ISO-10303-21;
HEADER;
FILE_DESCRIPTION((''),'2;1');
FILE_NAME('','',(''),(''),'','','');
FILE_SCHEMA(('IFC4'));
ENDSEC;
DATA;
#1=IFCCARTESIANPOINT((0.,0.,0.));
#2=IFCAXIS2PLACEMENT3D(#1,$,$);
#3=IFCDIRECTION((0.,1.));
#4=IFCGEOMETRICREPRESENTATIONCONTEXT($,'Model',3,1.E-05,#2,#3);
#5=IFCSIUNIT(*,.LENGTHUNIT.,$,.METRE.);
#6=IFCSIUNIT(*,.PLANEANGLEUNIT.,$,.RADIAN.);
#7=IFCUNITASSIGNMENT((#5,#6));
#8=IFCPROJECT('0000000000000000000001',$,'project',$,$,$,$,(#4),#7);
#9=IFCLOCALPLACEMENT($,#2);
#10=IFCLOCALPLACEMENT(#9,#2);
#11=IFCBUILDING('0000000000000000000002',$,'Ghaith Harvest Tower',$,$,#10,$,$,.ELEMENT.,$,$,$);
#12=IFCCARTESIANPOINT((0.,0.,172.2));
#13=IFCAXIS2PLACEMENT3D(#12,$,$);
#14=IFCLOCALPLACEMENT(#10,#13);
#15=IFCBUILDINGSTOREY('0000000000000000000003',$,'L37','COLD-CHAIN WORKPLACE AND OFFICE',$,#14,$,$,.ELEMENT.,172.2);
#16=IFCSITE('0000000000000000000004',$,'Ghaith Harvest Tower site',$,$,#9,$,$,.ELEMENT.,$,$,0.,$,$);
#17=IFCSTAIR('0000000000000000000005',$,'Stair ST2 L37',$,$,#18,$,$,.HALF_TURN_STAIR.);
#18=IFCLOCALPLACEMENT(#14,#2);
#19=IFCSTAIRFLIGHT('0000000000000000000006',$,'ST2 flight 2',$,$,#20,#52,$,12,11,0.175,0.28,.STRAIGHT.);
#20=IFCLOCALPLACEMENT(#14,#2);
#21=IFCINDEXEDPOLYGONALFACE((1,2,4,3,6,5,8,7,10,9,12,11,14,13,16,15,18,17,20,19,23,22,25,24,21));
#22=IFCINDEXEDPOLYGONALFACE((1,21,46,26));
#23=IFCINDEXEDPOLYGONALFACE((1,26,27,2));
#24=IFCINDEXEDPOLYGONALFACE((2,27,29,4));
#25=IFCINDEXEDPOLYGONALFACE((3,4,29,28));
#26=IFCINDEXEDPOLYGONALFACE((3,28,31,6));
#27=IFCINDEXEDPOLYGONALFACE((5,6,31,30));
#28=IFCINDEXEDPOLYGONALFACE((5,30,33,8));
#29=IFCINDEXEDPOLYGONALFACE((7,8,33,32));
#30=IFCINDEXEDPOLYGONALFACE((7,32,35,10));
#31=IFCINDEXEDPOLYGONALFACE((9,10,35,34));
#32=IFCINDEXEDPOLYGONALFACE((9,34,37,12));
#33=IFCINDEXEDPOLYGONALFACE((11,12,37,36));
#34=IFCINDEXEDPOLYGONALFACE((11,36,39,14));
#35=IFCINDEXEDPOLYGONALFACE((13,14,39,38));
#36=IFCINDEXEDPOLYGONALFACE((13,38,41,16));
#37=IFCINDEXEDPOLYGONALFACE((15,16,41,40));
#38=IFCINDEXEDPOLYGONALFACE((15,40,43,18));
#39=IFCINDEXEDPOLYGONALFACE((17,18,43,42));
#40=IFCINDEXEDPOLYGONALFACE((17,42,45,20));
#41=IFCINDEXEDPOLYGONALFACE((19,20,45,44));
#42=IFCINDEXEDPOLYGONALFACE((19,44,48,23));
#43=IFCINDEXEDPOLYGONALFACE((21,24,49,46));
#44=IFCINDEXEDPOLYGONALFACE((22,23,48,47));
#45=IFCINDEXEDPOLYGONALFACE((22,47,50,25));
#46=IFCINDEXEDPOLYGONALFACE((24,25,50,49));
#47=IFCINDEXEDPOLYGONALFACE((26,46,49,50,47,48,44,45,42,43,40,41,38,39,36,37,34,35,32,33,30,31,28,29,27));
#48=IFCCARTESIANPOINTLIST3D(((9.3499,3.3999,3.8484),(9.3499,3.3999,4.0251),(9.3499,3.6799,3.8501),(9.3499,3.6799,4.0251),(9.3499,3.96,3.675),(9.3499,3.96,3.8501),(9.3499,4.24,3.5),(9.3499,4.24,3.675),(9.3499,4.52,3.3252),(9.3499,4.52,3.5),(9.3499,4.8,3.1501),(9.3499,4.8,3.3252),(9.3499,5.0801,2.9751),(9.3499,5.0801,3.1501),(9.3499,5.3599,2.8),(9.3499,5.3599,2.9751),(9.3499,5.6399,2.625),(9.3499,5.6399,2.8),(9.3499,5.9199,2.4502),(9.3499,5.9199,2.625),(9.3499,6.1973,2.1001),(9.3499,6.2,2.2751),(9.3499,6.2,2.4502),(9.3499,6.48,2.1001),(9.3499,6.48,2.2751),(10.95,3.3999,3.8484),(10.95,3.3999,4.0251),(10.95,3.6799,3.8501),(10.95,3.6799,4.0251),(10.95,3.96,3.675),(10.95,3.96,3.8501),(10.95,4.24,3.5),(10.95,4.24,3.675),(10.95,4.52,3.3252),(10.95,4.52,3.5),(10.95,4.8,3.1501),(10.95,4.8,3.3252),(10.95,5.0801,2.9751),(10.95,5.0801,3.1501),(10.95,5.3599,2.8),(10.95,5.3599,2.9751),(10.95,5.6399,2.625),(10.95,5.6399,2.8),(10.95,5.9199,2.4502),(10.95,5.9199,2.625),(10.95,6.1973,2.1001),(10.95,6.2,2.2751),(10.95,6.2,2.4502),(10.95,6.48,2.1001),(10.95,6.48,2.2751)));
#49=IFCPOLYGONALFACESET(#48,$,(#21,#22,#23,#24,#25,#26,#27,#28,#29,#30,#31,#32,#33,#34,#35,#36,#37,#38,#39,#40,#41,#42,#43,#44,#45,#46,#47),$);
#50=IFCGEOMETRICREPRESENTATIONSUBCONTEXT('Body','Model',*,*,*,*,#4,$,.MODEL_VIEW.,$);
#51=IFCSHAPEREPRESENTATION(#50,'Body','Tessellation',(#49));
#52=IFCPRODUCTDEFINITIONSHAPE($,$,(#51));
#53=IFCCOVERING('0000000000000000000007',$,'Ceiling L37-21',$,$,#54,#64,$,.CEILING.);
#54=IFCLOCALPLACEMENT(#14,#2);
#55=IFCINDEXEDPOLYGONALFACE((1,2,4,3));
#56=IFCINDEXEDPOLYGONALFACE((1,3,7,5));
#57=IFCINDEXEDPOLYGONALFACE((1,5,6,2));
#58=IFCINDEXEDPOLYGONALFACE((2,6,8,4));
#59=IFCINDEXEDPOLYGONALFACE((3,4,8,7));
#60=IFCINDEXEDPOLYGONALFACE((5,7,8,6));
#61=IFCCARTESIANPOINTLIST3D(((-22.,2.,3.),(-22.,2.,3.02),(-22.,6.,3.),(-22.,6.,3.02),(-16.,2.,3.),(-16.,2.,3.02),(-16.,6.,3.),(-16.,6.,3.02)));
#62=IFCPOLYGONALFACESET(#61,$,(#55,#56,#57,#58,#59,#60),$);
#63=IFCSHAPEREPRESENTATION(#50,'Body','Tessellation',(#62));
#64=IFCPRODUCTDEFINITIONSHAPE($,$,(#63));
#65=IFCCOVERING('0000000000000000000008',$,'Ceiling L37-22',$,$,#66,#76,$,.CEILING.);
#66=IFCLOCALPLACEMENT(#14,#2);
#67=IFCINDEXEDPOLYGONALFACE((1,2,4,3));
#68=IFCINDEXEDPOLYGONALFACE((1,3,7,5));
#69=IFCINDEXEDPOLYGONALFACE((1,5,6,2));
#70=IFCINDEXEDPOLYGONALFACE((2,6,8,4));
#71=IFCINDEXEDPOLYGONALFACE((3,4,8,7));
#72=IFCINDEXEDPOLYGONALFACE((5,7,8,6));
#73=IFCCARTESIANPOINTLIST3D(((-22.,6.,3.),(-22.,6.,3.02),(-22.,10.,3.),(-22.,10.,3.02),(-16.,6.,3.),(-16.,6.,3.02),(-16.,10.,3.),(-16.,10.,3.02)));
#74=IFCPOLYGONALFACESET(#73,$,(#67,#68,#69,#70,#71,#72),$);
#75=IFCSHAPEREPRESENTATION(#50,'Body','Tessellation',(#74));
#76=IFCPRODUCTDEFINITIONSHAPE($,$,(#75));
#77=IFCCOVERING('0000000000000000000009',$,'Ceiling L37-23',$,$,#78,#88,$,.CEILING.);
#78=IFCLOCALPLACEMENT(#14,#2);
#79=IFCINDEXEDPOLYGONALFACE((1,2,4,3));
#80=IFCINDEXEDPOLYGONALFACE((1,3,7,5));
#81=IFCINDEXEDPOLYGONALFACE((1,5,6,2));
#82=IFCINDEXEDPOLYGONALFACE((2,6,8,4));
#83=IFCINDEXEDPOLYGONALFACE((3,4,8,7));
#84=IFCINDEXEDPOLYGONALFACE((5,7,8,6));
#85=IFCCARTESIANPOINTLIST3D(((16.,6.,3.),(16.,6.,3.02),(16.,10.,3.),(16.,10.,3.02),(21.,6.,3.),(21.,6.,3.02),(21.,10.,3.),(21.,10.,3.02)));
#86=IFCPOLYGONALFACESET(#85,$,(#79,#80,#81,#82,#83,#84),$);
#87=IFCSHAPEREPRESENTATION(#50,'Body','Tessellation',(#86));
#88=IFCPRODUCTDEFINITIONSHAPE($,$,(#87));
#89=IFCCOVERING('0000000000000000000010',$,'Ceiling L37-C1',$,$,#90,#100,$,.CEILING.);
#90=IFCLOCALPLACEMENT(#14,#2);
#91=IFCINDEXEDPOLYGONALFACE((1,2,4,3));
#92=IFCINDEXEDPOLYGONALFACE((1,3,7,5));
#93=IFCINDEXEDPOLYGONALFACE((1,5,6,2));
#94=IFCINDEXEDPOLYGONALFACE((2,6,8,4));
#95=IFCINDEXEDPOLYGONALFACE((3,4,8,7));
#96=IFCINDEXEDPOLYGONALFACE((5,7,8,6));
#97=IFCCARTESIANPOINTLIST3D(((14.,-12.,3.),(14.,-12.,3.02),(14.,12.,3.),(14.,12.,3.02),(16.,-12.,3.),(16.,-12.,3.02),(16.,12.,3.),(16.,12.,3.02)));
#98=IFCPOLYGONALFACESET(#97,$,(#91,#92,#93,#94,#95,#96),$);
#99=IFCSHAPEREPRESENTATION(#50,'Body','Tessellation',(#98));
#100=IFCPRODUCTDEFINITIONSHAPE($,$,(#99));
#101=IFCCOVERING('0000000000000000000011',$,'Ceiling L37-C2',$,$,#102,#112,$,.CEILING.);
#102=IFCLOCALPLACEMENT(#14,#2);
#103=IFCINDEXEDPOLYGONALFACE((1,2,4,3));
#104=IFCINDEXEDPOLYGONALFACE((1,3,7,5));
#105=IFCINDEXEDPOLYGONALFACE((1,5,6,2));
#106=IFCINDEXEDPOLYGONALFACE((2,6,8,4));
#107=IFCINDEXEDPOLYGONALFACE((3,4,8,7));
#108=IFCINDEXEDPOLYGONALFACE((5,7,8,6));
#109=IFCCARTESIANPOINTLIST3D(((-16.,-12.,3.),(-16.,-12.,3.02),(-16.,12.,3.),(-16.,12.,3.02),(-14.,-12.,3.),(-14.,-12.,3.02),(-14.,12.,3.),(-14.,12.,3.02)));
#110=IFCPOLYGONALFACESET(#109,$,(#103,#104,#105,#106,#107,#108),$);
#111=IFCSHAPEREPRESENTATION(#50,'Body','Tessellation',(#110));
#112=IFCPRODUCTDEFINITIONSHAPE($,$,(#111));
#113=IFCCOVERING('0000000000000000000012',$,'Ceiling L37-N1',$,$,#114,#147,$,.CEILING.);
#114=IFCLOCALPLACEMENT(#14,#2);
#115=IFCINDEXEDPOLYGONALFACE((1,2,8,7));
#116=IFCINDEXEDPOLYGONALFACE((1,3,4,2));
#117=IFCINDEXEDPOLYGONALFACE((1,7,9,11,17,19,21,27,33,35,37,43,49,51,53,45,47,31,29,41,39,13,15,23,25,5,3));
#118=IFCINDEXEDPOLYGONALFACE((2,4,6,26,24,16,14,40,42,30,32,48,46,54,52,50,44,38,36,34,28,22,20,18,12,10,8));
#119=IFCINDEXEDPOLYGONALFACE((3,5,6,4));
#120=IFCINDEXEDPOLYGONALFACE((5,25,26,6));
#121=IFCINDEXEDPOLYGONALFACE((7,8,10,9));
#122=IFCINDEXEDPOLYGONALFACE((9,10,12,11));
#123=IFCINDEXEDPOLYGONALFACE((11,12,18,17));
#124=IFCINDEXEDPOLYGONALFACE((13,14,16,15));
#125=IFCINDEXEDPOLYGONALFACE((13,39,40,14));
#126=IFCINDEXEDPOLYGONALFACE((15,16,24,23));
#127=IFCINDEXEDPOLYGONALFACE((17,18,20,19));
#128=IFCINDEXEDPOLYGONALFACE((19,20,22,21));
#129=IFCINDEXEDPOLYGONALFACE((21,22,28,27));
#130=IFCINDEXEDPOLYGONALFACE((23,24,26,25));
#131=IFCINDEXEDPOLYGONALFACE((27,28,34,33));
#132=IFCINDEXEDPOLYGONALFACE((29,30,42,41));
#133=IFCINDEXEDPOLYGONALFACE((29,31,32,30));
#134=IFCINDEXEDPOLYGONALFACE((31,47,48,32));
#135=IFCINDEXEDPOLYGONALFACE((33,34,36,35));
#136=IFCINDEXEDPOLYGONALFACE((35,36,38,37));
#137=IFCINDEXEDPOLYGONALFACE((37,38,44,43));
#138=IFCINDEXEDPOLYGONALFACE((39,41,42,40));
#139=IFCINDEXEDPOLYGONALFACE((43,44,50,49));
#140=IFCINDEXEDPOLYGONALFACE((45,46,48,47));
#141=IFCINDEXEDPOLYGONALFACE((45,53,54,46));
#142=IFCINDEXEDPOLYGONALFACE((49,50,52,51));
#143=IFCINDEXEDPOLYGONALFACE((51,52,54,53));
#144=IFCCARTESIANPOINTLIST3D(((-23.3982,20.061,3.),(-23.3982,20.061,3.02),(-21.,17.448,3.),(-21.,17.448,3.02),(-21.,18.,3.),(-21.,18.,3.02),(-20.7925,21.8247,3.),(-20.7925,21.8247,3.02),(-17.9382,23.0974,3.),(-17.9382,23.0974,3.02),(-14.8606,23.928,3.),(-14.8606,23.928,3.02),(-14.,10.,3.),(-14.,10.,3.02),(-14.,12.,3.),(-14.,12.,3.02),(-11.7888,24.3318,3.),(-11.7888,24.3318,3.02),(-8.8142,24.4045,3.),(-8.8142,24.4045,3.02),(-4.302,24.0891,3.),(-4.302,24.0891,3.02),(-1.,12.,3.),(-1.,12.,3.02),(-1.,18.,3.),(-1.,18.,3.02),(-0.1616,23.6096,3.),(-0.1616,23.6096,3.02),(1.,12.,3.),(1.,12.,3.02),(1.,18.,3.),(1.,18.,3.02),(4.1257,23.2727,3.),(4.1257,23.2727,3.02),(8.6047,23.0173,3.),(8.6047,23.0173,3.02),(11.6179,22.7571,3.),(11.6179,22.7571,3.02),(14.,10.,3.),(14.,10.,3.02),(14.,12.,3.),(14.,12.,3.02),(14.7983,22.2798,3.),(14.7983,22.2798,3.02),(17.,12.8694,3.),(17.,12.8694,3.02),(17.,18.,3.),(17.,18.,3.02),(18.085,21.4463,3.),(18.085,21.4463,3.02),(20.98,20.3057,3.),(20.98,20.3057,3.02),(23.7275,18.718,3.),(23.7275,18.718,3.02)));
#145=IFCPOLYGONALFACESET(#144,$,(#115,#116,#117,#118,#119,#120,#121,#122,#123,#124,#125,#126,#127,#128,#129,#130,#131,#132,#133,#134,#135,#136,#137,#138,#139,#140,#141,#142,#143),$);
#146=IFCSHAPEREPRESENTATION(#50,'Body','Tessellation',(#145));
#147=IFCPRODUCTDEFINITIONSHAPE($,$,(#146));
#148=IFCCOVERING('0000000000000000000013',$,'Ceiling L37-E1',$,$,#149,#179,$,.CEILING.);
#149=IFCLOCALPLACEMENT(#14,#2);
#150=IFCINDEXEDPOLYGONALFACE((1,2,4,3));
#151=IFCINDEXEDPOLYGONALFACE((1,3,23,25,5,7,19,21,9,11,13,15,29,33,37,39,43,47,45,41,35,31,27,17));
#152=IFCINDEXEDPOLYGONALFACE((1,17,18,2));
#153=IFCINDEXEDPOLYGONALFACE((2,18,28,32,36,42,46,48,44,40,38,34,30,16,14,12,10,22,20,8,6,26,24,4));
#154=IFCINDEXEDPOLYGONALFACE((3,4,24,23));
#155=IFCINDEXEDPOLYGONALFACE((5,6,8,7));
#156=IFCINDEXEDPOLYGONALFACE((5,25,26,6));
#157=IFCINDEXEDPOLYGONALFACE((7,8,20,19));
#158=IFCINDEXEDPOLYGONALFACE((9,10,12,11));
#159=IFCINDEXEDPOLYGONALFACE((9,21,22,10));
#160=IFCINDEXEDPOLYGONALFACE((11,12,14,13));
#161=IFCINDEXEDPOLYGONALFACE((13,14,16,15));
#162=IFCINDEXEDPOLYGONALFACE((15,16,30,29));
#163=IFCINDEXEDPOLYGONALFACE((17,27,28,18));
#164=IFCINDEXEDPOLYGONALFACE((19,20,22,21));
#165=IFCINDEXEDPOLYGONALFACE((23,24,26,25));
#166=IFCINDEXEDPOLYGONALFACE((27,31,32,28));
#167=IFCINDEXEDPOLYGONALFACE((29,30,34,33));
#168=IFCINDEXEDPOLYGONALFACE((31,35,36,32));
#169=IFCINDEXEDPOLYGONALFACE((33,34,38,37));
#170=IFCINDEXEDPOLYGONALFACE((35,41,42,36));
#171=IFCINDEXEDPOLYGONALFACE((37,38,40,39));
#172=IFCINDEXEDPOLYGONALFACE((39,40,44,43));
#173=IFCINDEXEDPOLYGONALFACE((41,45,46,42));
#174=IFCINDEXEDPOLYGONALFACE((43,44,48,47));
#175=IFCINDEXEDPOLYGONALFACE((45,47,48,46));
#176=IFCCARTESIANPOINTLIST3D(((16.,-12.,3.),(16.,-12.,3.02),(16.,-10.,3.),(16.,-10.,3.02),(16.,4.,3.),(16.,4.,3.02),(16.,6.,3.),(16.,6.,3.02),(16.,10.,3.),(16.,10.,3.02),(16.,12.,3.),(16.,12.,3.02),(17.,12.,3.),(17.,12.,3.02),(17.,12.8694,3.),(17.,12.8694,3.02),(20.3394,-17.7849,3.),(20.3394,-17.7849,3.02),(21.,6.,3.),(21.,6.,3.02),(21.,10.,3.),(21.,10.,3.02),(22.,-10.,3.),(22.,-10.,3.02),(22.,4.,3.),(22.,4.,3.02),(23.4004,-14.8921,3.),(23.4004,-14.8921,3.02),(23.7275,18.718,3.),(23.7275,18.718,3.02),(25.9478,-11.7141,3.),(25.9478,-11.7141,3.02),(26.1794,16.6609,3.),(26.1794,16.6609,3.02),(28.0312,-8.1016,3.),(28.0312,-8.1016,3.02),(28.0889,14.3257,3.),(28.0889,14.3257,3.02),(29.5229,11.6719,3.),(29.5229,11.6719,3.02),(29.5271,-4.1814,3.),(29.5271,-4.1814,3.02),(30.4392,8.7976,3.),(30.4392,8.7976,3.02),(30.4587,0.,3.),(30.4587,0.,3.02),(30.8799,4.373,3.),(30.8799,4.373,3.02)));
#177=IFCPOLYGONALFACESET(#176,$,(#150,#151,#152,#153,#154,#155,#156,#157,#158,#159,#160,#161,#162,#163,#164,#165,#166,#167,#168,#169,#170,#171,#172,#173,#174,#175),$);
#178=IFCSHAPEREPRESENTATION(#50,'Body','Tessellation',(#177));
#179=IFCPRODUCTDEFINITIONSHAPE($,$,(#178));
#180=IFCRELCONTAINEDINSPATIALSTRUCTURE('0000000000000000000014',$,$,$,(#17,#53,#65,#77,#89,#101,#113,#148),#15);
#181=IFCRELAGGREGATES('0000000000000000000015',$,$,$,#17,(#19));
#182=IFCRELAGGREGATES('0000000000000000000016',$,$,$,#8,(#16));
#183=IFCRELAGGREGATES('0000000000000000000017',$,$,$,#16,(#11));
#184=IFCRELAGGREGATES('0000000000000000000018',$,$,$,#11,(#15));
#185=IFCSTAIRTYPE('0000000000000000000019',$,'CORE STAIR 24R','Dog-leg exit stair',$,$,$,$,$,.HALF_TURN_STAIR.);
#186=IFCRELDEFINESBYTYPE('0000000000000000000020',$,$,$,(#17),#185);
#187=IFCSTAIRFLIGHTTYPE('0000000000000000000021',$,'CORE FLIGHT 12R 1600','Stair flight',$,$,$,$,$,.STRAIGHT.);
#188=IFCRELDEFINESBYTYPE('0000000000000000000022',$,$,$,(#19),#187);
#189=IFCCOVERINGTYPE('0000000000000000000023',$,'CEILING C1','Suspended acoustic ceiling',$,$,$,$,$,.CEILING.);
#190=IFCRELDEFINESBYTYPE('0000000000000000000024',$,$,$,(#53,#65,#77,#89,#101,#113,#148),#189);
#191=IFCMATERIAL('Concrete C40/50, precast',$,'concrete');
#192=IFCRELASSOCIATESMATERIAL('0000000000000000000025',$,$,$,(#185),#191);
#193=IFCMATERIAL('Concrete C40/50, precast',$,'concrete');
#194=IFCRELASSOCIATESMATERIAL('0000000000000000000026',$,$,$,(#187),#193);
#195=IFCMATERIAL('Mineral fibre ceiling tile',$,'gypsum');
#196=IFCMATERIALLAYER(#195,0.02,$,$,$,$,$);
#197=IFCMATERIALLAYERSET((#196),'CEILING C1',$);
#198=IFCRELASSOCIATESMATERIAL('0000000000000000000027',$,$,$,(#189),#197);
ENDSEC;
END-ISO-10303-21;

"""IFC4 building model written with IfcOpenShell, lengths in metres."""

from ifc_helpers import new_model, si_unit, direction, frame, origin, place, context, subcontext, project, spatial, polyline, outline, extrude, material, layer, layer_set, type_object, element, aggregate, save


model = new_model("IFC4")

# Units and contexts
model_context = context("Model", 3, precision=1e-05, world=origin(), true_north=direction((0.0, 1.0)))
body_context = subcontext(model_context, "Body", "Model", "MODEL_VIEW")
ifc_project = project(units=[si_unit("LENGTHUNIT", "METRE"), si_unit("PLANEANGLEUNIT", "RADIAN")], contexts=[model_context])

# Site, building, storey
site_placement = place(None, origin())
site = spatial("IfcSite", under=ifc_project, at=site_placement, Name="Ghaith Harvest Tower site", CompositionType="ELEMENT", RefElevation=0.0)
building_placement = place(site_placement, origin())
building = spatial("IfcBuilding", under=site, at=building_placement, Name="Ghaith Harvest Tower", CompositionType="ELEMENT")
storey_placement = place(building_placement, frame((0.0, 0.0, 172.2)))
storey = spatial("IfcBuildingStorey", under=building, at=storey_placement, Name="L37", Description="COLD-CHAIN WORKPLACE AND OFFICE", CompositionType="ELEMENT", Elevation=172.2)

# Stair, stair flight
ifc_material_1 = material(Name="Concrete C40/50, precast", Category="concrete")
stair_type = type_object("IfcStairType", Name="CORE STAIR 24R", Description="Dog-leg exit stair", PredefinedType="HALF_TURN_STAIR", material=ifc_material_1)
stair_placement = place(storey_placement, origin())
stair = element("IfcStair", 1, at=stair_placement, inside=storey, type_object=stair_type, Name="Stair ST2 L37", PredefinedType="HALF_TURN_STAIR")
ifc_material_2 = material(Name="Concrete C40/50, precast", Category="concrete")
stair_flight_type = type_object("IfcStairFlightType", Name="CORE FLIGHT 12R 1600", Description="Stair flight", PredefinedType="STRAIGHT", material=ifc_material_2)
stair_flight_1_placement = place(storey_placement, frame((10.1499, 6.48, 2.1001), z_axis=(0.0, 0.0, 1.0), x_axis=(0.0, -1.0, 0.0)))
stair_flight_1 = element("IfcStairFlight", 2, at=stair_flight_1_placement, type_object=stair_flight_type, Name="ST2 flight 2", NumberOfRisers=12, NumberOfTreads=11, PredefinedType="STRAIGHT", RiserHeight=0.175, TreadLength=0.28, context=body_context, shape_type="SweptSolid", body=[
    extrude(outline(polyline([(0.0, 0.0), (0.0, 0.175), (0.28, 0.175), (0.28, 0.3501), (0.5601, 0.3501), (0.5601, 0.5249), (0.8401, 0.5249), (0.8401, 0.7), (1.1201, 0.7), (1.1201, 0.875), (1.3999, 0.875), (1.3999, 1.05), (1.6799, 1.05), (1.6799, 1.2251), (1.96, 1.2251), (1.96, 1.3999), (2.24, 1.3999), (2.24, 1.575), (2.52, 1.575), (2.52, 1.75), (2.8, 1.75), (2.8, 1.925), (3.0801, 1.925), (3.0801, 2.1001), (3.0801, 1.7483), (0.2827, 0.0), (0.0, 0.0)])), frame((0.0, 0.8, 0.0), z_axis=(0.0, -1.0, 0.0), x_axis=(1.0, 0.0, 0.0)), (0.0, 0.0, 1.0), 1.6001),
])
aggregate(stair, [stair_flight_1])

# Coverings
ifc_material_3 = material(Name="Mineral fibre ceiling tile", Category="gypsum")
ifc_layer_1 = layer(ifc_material_3, 0.02)
ifc_layer_set_1 = layer_set([ifc_layer_1], Name="CEILING C1")
covering_type = type_object("IfcCoveringType", Name="CEILING C1", Description="Suspended acoustic ceiling", PredefinedType="CEILING", material=ifc_layer_set_1)
covering_1_placement = place(storey_placement, frame((0.0, 0.0, 3.0)))
element("IfcCovering", 3, at=covering_1_placement, inside=storey, type_object=covering_type, Name="Ceiling L37-21", PredefinedType="CEILING", context=body_context, shape_type="SweptSolid", body=[
    extrude(outline(polyline([(-22.0, 2.0), (-16.0, 2.0), (-16.0, 6.0), (-22.0, 6.0), (-22.0, 2.0)])), origin(), (0.0, 0.0, 1.0), 0.02),
])
covering_2_placement = place(storey_placement, frame((0.0, 0.0, 3.0)))
element("IfcCovering", 4, at=covering_2_placement, inside=storey, type_object=covering_type, Name="Ceiling L37-22", PredefinedType="CEILING", context=body_context, shape_type="SweptSolid", body=[
    extrude(outline(polyline([(-22.0, 6.0), (-16.0, 6.0), (-16.0, 10.0), (-22.0, 10.0), (-22.0, 6.0)])), origin(), (0.0, 0.0, 1.0), 0.02),
])
covering_3_placement = place(storey_placement, frame((0.0, 0.0, 3.0)))
element("IfcCovering", 5, at=covering_3_placement, inside=storey, type_object=covering_type, Name="Ceiling L37-23", PredefinedType="CEILING", context=body_context, shape_type="SweptSolid", body=[
    extrude(outline(polyline([(16.0, 6.0), (21.0, 6.0), (21.0, 10.0), (16.0, 10.0), (16.0, 6.0)])), origin(), (0.0, 0.0, 1.0), 0.02),
])
covering_4_placement = place(storey_placement, frame((0.0, 0.0, 3.0)))
element("IfcCovering", 6, at=covering_4_placement, inside=storey, type_object=covering_type, Name="Ceiling L37-C1", PredefinedType="CEILING", context=body_context, shape_type="SweptSolid", body=[
    extrude(outline(polyline([(14.0, -12.0), (14.0, 12.0), (16.0, 12.0), (16.0, -12.0), (14.0, -12.0)])), origin(), (0.0, 0.0, 1.0), 0.02),
])
covering_5_placement = place(storey_placement, frame((0.0, 0.0, 3.0)))
element("IfcCovering", 7, at=covering_5_placement, inside=storey, type_object=covering_type, Name="Ceiling L37-C2", PredefinedType="CEILING", context=body_context, shape_type="SweptSolid", body=[
    extrude(outline(polyline([(-14.0, 12.0), (-14.0, -12.0), (-16.0, -12.0), (-16.0, 12.0), (-14.0, 12.0)])), origin(), (0.0, 0.0, 1.0), 0.02),
])
covering_6_placement = place(storey_placement, frame((0.0, 0.0, 3.0)))
element("IfcCovering", 8, at=covering_6_placement, inside=storey, type_object=covering_type, Name="Ceiling L37-N1", PredefinedType="CEILING", context=body_context, shape_type="SweptSolid", body=[
    extrude(outline(polyline([(-20.7925, 21.8247), (-17.9382, 23.0974), (-14.8606, 23.928), (-11.7888, 24.3318), (-8.8142, 24.4045), (-4.302, 24.0891), (-0.1616, 23.6096), (4.1257, 23.2727), (8.6047, 23.0173), (11.6179, 22.7571), (14.7983, 22.2798), (18.085, 21.4463), (20.98, 20.3057), (23.7275, 18.718), (17.0, 12.8694), (17.0, 18.0), (1.0, 18.0), (1.0, 12.0), (14.0, 12.0), (14.0, 10.0), (-14.0, 10.0), (-14.0, 12.0), (-1.0, 12.0), (-1.0, 18.0), (-21.0, 18.0), (-21.0, 17.448), (-23.3982, 20.061), (-20.7925, 21.8247)])), origin(), (0.0, 0.0, 1.0), 0.02),
])
covering_7_placement = place(storey_placement, frame((0.0, 0.0, 3.0)))
element("IfcCovering", 9, at=covering_7_placement, inside=storey, type_object=covering_type, Name="Ceiling L37-E1", PredefinedType="CEILING", context=body_context, shape_type="SweptSolid", body=[
    extrude(outline(polyline([(26.1794, 16.6609), (28.0889, 14.3257), (29.5229, 11.6719), (30.4392, 8.7976), (30.8799, 4.373), (30.4587, 0.0), (29.5271, -4.1814), (28.0312, -8.1016), (25.9478, -11.7141), (23.4004, -14.8921), (20.3394, -17.7849), (16.0, -12.0), (16.0, -10.0), (22.0, -10.0), (22.0, 4.0), (16.0, 4.0), (16.0, 6.0), (21.0, 6.0), (21.0, 10.0), (16.0, 10.0), (16.0, 12.0), (17.0, 12.0), (17.0, 12.8694), (23.7275, 18.718), (26.1794, 16.6609)])), origin(), (0.0, 0.0, 1.0), 0.02),
])

save(model, "model.ifc")
